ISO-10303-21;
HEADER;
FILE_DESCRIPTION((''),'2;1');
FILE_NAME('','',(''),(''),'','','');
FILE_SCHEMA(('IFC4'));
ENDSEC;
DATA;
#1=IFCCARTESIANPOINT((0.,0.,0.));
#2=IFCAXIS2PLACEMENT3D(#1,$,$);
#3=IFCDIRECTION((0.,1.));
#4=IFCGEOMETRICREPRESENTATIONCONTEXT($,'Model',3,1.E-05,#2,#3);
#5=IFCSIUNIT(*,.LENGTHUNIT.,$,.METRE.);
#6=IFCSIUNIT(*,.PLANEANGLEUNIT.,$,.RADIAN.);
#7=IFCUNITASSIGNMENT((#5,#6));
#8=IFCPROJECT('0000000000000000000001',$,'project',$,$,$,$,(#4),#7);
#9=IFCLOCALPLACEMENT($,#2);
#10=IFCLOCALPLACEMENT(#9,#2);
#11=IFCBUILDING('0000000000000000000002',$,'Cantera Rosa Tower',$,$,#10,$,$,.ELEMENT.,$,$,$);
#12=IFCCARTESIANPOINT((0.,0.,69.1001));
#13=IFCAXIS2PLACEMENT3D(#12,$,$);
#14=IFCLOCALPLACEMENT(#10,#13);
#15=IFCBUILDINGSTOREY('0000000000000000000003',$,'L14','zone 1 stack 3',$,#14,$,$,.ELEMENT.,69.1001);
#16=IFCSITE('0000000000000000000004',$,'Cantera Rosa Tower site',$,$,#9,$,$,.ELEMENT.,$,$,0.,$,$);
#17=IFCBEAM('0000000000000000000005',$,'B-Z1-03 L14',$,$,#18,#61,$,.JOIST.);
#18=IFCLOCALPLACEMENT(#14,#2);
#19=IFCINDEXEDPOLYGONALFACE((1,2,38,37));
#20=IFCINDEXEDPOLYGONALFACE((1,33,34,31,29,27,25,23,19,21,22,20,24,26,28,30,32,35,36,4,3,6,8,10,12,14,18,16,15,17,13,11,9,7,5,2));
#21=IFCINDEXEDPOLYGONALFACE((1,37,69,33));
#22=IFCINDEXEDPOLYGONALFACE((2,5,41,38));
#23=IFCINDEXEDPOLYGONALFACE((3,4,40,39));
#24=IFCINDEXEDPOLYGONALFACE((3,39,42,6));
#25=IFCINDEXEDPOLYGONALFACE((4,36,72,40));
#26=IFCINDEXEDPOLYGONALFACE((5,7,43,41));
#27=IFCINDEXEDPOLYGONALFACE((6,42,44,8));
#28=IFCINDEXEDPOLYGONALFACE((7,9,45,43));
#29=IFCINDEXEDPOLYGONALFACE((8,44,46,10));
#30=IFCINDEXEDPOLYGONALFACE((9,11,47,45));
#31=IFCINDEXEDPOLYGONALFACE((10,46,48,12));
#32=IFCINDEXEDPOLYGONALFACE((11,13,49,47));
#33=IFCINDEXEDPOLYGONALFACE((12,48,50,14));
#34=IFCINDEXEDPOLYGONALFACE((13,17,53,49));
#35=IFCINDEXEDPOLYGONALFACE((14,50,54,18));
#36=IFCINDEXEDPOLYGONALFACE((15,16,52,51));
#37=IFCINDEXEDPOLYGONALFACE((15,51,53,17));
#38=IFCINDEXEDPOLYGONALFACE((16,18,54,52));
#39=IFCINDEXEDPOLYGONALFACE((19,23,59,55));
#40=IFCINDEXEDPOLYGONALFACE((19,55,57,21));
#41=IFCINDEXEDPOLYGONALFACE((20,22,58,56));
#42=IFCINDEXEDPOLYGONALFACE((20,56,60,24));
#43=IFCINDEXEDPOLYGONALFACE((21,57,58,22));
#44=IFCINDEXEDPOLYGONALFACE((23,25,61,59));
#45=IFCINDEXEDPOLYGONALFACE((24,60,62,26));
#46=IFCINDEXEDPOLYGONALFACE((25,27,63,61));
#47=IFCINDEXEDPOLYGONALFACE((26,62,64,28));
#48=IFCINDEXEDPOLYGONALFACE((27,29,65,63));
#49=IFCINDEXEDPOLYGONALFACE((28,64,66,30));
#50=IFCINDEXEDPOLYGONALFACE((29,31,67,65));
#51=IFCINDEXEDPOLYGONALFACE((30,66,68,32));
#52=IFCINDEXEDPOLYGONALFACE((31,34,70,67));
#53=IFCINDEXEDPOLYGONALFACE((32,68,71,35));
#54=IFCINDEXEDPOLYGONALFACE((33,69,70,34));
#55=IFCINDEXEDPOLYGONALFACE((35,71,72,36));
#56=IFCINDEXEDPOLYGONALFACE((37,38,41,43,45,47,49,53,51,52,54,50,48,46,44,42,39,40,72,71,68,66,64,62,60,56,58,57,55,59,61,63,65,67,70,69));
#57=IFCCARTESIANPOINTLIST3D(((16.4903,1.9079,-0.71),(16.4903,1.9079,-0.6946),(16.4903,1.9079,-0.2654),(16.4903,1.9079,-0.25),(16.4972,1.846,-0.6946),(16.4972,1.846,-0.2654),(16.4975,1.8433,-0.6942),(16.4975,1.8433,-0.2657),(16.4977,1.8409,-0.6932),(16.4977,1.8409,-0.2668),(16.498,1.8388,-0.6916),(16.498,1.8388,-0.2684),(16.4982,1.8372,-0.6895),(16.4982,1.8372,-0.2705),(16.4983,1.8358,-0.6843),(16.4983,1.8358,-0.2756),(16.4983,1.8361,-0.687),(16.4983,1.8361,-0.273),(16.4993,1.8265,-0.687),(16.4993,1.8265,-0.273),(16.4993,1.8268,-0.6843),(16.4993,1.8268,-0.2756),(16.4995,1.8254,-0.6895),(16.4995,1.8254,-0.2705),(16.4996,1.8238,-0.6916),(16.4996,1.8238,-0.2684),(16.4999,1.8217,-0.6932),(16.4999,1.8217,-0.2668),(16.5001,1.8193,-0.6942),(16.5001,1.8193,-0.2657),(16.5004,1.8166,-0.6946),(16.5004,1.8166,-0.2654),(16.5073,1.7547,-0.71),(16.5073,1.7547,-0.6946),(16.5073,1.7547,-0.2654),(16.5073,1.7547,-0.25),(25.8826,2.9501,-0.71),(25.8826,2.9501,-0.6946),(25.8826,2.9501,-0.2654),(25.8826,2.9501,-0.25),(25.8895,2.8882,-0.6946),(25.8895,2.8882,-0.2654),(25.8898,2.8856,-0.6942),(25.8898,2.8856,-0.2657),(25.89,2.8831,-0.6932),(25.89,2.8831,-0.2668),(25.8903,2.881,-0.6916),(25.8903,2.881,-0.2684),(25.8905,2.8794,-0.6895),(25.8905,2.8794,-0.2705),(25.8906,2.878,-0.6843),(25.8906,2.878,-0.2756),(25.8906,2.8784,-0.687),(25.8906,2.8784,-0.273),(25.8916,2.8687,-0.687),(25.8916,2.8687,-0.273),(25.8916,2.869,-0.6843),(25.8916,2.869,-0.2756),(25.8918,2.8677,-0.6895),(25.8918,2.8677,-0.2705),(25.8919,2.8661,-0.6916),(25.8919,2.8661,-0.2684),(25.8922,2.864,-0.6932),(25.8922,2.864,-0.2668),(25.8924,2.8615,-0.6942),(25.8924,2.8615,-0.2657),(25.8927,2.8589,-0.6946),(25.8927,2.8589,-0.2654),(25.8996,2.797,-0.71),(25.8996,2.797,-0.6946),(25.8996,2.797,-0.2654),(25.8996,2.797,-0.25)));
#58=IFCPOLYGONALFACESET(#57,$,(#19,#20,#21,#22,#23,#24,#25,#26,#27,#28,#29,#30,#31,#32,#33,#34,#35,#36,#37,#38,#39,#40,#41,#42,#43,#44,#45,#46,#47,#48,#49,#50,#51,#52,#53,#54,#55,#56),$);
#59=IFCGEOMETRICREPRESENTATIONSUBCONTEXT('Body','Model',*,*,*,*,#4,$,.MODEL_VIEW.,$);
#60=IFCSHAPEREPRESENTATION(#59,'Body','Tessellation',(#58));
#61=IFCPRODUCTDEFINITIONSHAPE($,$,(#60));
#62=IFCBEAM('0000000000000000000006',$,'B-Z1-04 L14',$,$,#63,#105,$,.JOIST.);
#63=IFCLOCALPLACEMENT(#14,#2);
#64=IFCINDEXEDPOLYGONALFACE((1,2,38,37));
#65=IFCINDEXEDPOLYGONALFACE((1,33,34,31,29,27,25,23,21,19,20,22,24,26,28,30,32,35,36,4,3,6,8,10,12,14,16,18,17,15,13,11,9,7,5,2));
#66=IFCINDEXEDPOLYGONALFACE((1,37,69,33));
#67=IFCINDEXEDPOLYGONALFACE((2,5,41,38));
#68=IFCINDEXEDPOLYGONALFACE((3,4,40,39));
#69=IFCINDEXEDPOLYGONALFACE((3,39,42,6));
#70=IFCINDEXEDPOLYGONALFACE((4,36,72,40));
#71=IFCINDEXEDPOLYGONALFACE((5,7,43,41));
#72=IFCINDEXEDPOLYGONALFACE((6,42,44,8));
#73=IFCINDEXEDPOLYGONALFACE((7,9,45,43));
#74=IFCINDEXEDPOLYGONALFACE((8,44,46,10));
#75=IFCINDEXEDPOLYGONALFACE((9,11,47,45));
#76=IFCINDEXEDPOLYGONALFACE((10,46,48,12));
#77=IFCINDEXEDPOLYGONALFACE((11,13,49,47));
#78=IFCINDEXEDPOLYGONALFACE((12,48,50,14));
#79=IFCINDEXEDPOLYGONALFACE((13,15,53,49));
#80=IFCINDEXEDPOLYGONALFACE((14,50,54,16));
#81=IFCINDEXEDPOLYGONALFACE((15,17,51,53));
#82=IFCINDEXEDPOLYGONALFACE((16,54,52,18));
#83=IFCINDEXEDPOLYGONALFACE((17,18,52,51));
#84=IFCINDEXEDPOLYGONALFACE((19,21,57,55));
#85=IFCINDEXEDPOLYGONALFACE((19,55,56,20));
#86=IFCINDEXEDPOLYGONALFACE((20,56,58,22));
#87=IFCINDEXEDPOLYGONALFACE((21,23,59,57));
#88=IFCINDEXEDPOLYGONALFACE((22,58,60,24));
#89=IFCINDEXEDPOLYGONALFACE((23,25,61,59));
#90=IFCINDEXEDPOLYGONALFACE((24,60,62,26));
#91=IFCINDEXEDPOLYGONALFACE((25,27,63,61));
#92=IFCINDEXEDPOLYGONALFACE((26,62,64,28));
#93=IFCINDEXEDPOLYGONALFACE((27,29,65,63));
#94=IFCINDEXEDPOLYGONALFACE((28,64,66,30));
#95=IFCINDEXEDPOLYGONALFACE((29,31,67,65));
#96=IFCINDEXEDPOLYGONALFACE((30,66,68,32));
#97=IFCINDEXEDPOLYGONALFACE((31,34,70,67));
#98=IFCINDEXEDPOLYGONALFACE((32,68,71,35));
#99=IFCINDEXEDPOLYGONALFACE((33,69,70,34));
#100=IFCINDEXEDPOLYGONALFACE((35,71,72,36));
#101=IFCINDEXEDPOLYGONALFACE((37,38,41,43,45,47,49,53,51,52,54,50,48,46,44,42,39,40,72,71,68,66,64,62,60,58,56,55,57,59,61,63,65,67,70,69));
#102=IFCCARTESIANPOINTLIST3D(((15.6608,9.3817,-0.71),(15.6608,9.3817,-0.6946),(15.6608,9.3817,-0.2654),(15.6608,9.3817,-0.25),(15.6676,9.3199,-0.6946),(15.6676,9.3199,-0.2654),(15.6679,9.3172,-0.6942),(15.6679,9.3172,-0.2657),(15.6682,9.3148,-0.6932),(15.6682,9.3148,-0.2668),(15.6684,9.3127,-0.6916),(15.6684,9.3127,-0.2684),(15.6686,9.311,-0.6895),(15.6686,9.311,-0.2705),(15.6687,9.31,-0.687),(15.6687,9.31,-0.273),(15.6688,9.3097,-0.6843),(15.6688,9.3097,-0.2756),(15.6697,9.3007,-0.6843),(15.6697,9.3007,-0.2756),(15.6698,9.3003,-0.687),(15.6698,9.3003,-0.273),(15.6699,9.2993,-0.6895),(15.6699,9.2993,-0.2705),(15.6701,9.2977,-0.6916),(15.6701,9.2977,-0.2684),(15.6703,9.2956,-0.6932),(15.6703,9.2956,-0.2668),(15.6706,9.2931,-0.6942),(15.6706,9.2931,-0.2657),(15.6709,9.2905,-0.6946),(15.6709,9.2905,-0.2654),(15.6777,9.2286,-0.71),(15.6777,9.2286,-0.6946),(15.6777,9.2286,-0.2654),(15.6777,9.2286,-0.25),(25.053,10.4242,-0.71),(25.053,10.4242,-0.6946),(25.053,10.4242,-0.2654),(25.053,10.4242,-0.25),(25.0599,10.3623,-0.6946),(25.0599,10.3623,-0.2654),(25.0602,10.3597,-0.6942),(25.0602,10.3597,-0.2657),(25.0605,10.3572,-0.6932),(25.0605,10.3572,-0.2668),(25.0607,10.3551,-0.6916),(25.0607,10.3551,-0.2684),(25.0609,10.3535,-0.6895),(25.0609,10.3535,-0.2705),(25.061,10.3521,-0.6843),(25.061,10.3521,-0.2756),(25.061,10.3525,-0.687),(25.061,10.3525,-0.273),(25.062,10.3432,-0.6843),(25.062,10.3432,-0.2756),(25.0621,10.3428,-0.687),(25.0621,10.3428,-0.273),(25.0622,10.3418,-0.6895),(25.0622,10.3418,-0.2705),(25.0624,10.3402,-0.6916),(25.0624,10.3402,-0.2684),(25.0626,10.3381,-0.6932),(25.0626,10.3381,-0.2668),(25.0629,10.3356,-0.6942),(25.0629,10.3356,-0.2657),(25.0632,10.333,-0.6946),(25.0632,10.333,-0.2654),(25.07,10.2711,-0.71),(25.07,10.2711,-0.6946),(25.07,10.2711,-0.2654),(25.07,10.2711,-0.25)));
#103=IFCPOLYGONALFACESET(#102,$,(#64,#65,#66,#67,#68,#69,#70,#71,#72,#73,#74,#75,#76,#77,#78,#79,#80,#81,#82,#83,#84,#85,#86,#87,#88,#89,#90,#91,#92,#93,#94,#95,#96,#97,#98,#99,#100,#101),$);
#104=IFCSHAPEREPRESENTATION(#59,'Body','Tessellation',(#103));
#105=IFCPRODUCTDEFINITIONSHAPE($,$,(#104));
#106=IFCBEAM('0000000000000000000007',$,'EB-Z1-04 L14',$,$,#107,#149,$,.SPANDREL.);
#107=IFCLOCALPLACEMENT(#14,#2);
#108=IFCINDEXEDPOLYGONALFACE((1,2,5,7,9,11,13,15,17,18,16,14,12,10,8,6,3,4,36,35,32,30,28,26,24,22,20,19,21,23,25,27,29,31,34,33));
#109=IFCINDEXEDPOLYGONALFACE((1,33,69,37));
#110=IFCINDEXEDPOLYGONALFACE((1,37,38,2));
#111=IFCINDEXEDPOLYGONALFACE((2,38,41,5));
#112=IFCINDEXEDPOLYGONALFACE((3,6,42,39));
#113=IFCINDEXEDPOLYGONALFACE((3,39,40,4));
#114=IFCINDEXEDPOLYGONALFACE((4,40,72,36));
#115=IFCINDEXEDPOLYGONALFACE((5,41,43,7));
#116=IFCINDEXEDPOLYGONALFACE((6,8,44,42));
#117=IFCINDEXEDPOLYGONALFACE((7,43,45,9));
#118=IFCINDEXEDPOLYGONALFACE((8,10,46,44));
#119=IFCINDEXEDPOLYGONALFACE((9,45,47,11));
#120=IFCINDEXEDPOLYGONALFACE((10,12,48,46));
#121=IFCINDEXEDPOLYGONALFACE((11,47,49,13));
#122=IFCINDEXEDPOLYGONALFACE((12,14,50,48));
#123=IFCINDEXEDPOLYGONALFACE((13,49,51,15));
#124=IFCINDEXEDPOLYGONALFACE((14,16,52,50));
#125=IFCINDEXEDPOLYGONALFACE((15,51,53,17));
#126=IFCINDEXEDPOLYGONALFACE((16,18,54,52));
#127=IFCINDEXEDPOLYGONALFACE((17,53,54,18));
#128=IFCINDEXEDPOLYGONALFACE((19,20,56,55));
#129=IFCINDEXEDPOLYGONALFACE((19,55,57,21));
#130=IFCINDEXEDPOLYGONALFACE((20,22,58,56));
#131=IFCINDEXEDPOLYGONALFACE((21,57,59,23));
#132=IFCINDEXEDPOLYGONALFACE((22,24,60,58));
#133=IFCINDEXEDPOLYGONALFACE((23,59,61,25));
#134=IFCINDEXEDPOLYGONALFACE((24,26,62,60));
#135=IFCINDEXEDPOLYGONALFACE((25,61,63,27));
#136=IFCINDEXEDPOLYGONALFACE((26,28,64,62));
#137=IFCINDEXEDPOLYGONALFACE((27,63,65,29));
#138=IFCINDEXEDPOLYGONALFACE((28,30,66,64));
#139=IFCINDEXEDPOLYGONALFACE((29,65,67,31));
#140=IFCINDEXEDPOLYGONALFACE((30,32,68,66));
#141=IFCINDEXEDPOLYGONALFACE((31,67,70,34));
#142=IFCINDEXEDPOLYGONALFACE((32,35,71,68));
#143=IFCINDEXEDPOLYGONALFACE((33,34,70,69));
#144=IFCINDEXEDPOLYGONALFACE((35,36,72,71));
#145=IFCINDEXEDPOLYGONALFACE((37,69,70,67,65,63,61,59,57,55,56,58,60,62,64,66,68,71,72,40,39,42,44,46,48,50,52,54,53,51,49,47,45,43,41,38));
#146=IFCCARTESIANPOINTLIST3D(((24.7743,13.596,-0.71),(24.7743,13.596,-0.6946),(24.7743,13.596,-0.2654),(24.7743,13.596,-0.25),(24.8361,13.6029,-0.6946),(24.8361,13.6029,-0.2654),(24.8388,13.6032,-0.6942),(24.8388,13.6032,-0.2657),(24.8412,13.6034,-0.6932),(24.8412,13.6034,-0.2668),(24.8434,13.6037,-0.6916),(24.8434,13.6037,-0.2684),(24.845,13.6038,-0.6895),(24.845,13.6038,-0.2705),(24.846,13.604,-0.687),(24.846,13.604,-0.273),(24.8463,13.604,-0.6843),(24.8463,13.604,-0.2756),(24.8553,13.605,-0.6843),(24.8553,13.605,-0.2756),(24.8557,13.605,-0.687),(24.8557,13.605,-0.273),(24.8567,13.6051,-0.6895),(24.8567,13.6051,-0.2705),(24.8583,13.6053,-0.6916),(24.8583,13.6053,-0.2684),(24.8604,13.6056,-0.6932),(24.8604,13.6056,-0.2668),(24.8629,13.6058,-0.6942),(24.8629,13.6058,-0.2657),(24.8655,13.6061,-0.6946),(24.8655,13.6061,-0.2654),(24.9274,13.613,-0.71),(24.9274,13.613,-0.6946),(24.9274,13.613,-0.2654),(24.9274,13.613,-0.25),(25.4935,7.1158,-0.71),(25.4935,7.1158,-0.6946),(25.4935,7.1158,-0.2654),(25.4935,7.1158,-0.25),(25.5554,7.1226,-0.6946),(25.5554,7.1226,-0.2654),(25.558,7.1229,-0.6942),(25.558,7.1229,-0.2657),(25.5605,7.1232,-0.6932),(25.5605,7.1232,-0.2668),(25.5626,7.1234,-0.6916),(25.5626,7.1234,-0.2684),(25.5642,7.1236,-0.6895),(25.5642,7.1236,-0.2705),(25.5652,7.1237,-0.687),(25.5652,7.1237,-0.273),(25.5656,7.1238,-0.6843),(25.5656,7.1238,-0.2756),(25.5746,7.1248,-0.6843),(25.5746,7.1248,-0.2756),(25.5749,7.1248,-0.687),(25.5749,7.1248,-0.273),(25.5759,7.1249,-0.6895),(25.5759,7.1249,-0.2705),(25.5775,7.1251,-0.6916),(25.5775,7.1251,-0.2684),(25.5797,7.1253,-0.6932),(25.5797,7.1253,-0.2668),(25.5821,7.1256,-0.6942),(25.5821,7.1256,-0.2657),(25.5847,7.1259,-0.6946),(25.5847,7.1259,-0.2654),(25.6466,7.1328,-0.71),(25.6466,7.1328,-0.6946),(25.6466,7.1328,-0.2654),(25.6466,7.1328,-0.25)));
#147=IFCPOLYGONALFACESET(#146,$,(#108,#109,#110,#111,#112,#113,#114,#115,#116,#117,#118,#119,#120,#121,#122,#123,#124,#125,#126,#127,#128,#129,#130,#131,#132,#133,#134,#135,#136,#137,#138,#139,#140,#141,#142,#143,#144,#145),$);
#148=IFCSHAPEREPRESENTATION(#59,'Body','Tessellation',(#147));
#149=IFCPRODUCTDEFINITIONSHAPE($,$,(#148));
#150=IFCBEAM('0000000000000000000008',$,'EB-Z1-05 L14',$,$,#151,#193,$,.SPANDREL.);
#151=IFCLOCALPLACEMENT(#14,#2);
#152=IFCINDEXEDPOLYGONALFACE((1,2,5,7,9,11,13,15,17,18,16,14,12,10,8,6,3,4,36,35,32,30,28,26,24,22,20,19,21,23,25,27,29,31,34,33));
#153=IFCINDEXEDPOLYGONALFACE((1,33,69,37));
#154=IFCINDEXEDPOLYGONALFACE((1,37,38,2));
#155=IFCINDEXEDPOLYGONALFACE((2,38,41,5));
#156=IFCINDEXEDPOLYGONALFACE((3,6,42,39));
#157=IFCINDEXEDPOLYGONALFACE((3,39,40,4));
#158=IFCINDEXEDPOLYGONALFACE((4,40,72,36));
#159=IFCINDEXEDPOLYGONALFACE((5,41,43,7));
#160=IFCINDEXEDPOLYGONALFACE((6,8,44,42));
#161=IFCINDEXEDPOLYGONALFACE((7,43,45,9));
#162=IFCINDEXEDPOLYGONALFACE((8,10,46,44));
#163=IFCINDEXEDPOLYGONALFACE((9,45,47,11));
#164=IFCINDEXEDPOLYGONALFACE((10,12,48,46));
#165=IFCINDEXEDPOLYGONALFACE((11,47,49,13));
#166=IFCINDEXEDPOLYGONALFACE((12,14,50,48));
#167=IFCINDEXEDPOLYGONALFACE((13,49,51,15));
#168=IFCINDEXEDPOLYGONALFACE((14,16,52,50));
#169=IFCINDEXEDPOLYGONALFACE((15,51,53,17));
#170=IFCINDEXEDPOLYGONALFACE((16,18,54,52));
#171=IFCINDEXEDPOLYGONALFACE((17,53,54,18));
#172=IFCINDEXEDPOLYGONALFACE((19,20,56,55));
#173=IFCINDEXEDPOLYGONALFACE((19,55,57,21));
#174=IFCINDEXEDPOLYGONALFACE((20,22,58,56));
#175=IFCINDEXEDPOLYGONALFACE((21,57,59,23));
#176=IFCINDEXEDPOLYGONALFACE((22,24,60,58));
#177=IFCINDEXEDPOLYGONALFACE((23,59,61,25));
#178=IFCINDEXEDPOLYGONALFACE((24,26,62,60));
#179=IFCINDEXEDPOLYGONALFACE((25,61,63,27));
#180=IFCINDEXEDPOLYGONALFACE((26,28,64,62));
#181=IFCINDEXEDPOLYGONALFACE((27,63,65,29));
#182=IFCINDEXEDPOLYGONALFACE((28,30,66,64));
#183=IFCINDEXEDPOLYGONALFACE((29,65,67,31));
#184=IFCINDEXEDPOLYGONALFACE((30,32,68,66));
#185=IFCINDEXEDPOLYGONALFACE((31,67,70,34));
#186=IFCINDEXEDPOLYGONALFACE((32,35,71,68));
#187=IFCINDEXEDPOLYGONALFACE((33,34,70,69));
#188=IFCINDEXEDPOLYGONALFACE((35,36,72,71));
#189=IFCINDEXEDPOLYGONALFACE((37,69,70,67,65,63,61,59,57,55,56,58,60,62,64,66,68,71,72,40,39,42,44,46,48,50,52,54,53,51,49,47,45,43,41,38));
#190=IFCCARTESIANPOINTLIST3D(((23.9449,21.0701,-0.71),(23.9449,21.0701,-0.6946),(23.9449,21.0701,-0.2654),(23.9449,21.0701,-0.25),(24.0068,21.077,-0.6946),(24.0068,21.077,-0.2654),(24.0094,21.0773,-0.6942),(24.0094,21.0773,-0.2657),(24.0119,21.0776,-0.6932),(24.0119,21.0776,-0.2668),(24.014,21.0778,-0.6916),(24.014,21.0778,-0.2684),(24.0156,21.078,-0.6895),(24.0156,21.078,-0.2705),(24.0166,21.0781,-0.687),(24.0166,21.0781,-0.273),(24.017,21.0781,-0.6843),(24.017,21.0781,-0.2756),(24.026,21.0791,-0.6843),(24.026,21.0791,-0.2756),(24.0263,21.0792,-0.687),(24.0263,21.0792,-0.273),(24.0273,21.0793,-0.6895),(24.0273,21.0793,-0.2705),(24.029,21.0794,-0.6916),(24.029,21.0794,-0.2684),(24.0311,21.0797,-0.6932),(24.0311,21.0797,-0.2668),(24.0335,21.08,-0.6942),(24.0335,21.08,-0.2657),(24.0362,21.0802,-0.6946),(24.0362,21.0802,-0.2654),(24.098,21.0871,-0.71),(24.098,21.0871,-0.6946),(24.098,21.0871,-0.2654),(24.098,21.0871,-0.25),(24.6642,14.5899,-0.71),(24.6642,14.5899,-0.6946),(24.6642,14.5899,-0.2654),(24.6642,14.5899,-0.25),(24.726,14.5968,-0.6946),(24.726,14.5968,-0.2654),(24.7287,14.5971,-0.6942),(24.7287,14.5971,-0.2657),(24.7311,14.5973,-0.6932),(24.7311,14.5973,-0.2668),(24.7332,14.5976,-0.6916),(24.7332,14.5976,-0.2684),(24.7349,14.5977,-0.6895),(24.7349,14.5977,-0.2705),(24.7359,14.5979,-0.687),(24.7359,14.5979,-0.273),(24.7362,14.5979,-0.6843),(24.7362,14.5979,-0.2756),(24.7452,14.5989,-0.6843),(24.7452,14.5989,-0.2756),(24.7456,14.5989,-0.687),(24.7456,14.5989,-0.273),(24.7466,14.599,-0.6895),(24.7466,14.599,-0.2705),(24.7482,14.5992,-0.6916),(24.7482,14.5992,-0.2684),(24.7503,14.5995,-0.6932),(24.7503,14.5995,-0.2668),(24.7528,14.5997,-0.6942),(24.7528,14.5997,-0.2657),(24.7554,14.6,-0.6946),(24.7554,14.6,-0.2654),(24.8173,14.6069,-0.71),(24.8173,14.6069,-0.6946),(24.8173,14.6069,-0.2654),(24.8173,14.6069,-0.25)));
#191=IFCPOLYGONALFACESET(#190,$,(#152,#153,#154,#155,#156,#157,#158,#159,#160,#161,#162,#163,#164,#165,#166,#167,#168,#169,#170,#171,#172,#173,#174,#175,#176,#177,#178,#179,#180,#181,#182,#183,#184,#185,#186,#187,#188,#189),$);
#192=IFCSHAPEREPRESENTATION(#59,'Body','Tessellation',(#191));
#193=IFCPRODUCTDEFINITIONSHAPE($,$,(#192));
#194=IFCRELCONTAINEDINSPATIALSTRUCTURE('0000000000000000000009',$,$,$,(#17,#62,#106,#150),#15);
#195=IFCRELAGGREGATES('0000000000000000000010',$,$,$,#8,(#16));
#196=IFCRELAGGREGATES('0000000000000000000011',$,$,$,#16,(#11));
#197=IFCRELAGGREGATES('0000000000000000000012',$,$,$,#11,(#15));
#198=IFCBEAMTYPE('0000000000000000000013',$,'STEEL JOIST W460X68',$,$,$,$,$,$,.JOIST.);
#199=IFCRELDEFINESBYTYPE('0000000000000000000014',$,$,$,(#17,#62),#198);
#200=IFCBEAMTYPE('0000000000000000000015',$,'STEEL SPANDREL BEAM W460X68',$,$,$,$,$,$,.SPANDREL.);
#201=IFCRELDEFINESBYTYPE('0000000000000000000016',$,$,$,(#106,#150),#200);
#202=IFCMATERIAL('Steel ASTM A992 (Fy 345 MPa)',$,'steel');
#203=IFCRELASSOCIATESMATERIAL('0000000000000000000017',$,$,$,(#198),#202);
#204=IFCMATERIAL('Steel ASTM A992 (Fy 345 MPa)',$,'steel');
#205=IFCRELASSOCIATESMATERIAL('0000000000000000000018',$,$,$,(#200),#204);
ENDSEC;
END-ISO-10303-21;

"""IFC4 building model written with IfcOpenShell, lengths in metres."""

from ifc_helpers import new_model, si_unit, direction, frame, origin, origin_2d, place, context, subcontext, project, spatial, i_section, extrude, material, material_profile, profile_set, type_object, element, save


model = new_model("IFC4")

# Units and contexts
model_context = context("Model", 3, precision=1e-05, world=origin(), true_north=direction((0.0, 1.0)))
body_context = subcontext(model_context, "Body", "Model", "MODEL_VIEW")
ifc_project = project(units=[si_unit("LENGTHUNIT", "METRE"), si_unit("PLANEANGLEUNIT", "RADIAN")], contexts=[model_context])

# Site, building, storey
site_placement = place(None, origin())
site = spatial("IfcSite", under=ifc_project, at=site_placement, Name="Cantera Rosa Tower site", CompositionType="ELEMENT", RefElevation=0.0)
building_placement = place(site_placement, origin())
building = spatial("IfcBuilding", under=site, at=building_placement, Name="Cantera Rosa Tower", CompositionType="ELEMENT")
storey_placement = place(building_placement, frame((0.0, 0.0, 69.1001)))
storey = spatial("IfcBuildingStorey", under=building, at=storey_placement, Name="L14", Description="zone 1 stack 3", CompositionType="ELEMENT", Elevation=69.1001)

# Beams
ifc_material_1 = material(Name="Steel ASTM A992 (Fy 345 MPa)", Category="steel")
ifc_material_profile_1 = material_profile(ifc_material_1, i_section(OverallWidth=0.1541, OverallDepth=0.46, WebThickness=0.009, FlangeThickness=0.0154, FilletRadius=0.0103, at=origin_2d()), Name="W460X68")
ifc_profile_set_1 = profile_set([ifc_material_profile_1], Name="Steel ASTM A992 (Fy 345 MPa)")
beam_type_1 = type_object("IfcBeamType", Name="STEEL JOIST W460X68", PredefinedType="JOIST", material=ifc_profile_set_1)
for number, where, z_axis, x_axis, name in (
    (1, (25.8911, 2.8735, -0.48), (-0.993899, -0.11029, 0.0), (0.11029, -0.993899, 0.0), "B-Z1-03 L14"),
    (2, (25.0615, 10.3477, -0.48), (-0.993897, -0.110315, 0.0), (0.110315, -0.993897, 0.0), "B-Z1-04 L14"),
):
    element("IfcBeam", number, at=place(storey_placement, frame(where, z_axis=z_axis, x_axis=x_axis)), inside=storey, type_object=beam_type_1, Name=name, PredefinedType="JOIST", context=body_context, shape_type="SweptSolid", body=[
        extrude(i_section(OverallWidth=0.1541, OverallDepth=0.46, WebThickness=0.009, FlangeThickness=0.0154, FilletRadius=0.0103, at=origin_2d()), origin(), (0.0, 0.0, 1.0), 9.45),
    ])
ifc_material_2 = material(Name="Steel ASTM A992 (Fy 345 MPa)", Category="steel")
ifc_material_profile_2 = material_profile(ifc_material_2, i_section(OverallWidth=0.1541, OverallDepth=0.46, WebThickness=0.009, FlangeThickness=0.0154, FilletRadius=0.0103, at=origin_2d()), Name="W460X68")
ifc_profile_set_2 = profile_set([ifc_material_profile_2], Name="Steel ASTM A992 (Fy 345 MPa)")
beam_type_2 = type_object("IfcBeamType", Name="STEEL SPANDREL BEAM W460X68", PredefinedType="SPANDREL", material=ifc_profile_set_2)
for number, where, z_axis, x_axis, name in (
    (3, (25.5701, 7.1243, -0.48), (-0.110312, 0.993897, 0.0), (-0.993897, -0.110312, 0.0), "EB-Z1-04 L14"),
    (4, (24.7407, 14.5984, -0.48), (-0.110312, 0.993897, 0.0), (-0.993897, -0.110312, 0.0), "EB-Z1-05 L14"),
):
    element("IfcBeam", number, at=place(storey_placement, frame(where, z_axis=z_axis, x_axis=x_axis)), inside=storey, type_object=beam_type_2, Name=name, PredefinedType="SPANDREL", context=body_context, shape_type="SweptSolid", body=[
        extrude(i_section(OverallWidth=0.1541, OverallDepth=0.46, WebThickness=0.009, FlangeThickness=0.0154, FilletRadius=0.0103, at=origin_2d()), origin(), (0.0, 0.0, 1.0), 6.52),
    ])

save(model, "model.ifc")
